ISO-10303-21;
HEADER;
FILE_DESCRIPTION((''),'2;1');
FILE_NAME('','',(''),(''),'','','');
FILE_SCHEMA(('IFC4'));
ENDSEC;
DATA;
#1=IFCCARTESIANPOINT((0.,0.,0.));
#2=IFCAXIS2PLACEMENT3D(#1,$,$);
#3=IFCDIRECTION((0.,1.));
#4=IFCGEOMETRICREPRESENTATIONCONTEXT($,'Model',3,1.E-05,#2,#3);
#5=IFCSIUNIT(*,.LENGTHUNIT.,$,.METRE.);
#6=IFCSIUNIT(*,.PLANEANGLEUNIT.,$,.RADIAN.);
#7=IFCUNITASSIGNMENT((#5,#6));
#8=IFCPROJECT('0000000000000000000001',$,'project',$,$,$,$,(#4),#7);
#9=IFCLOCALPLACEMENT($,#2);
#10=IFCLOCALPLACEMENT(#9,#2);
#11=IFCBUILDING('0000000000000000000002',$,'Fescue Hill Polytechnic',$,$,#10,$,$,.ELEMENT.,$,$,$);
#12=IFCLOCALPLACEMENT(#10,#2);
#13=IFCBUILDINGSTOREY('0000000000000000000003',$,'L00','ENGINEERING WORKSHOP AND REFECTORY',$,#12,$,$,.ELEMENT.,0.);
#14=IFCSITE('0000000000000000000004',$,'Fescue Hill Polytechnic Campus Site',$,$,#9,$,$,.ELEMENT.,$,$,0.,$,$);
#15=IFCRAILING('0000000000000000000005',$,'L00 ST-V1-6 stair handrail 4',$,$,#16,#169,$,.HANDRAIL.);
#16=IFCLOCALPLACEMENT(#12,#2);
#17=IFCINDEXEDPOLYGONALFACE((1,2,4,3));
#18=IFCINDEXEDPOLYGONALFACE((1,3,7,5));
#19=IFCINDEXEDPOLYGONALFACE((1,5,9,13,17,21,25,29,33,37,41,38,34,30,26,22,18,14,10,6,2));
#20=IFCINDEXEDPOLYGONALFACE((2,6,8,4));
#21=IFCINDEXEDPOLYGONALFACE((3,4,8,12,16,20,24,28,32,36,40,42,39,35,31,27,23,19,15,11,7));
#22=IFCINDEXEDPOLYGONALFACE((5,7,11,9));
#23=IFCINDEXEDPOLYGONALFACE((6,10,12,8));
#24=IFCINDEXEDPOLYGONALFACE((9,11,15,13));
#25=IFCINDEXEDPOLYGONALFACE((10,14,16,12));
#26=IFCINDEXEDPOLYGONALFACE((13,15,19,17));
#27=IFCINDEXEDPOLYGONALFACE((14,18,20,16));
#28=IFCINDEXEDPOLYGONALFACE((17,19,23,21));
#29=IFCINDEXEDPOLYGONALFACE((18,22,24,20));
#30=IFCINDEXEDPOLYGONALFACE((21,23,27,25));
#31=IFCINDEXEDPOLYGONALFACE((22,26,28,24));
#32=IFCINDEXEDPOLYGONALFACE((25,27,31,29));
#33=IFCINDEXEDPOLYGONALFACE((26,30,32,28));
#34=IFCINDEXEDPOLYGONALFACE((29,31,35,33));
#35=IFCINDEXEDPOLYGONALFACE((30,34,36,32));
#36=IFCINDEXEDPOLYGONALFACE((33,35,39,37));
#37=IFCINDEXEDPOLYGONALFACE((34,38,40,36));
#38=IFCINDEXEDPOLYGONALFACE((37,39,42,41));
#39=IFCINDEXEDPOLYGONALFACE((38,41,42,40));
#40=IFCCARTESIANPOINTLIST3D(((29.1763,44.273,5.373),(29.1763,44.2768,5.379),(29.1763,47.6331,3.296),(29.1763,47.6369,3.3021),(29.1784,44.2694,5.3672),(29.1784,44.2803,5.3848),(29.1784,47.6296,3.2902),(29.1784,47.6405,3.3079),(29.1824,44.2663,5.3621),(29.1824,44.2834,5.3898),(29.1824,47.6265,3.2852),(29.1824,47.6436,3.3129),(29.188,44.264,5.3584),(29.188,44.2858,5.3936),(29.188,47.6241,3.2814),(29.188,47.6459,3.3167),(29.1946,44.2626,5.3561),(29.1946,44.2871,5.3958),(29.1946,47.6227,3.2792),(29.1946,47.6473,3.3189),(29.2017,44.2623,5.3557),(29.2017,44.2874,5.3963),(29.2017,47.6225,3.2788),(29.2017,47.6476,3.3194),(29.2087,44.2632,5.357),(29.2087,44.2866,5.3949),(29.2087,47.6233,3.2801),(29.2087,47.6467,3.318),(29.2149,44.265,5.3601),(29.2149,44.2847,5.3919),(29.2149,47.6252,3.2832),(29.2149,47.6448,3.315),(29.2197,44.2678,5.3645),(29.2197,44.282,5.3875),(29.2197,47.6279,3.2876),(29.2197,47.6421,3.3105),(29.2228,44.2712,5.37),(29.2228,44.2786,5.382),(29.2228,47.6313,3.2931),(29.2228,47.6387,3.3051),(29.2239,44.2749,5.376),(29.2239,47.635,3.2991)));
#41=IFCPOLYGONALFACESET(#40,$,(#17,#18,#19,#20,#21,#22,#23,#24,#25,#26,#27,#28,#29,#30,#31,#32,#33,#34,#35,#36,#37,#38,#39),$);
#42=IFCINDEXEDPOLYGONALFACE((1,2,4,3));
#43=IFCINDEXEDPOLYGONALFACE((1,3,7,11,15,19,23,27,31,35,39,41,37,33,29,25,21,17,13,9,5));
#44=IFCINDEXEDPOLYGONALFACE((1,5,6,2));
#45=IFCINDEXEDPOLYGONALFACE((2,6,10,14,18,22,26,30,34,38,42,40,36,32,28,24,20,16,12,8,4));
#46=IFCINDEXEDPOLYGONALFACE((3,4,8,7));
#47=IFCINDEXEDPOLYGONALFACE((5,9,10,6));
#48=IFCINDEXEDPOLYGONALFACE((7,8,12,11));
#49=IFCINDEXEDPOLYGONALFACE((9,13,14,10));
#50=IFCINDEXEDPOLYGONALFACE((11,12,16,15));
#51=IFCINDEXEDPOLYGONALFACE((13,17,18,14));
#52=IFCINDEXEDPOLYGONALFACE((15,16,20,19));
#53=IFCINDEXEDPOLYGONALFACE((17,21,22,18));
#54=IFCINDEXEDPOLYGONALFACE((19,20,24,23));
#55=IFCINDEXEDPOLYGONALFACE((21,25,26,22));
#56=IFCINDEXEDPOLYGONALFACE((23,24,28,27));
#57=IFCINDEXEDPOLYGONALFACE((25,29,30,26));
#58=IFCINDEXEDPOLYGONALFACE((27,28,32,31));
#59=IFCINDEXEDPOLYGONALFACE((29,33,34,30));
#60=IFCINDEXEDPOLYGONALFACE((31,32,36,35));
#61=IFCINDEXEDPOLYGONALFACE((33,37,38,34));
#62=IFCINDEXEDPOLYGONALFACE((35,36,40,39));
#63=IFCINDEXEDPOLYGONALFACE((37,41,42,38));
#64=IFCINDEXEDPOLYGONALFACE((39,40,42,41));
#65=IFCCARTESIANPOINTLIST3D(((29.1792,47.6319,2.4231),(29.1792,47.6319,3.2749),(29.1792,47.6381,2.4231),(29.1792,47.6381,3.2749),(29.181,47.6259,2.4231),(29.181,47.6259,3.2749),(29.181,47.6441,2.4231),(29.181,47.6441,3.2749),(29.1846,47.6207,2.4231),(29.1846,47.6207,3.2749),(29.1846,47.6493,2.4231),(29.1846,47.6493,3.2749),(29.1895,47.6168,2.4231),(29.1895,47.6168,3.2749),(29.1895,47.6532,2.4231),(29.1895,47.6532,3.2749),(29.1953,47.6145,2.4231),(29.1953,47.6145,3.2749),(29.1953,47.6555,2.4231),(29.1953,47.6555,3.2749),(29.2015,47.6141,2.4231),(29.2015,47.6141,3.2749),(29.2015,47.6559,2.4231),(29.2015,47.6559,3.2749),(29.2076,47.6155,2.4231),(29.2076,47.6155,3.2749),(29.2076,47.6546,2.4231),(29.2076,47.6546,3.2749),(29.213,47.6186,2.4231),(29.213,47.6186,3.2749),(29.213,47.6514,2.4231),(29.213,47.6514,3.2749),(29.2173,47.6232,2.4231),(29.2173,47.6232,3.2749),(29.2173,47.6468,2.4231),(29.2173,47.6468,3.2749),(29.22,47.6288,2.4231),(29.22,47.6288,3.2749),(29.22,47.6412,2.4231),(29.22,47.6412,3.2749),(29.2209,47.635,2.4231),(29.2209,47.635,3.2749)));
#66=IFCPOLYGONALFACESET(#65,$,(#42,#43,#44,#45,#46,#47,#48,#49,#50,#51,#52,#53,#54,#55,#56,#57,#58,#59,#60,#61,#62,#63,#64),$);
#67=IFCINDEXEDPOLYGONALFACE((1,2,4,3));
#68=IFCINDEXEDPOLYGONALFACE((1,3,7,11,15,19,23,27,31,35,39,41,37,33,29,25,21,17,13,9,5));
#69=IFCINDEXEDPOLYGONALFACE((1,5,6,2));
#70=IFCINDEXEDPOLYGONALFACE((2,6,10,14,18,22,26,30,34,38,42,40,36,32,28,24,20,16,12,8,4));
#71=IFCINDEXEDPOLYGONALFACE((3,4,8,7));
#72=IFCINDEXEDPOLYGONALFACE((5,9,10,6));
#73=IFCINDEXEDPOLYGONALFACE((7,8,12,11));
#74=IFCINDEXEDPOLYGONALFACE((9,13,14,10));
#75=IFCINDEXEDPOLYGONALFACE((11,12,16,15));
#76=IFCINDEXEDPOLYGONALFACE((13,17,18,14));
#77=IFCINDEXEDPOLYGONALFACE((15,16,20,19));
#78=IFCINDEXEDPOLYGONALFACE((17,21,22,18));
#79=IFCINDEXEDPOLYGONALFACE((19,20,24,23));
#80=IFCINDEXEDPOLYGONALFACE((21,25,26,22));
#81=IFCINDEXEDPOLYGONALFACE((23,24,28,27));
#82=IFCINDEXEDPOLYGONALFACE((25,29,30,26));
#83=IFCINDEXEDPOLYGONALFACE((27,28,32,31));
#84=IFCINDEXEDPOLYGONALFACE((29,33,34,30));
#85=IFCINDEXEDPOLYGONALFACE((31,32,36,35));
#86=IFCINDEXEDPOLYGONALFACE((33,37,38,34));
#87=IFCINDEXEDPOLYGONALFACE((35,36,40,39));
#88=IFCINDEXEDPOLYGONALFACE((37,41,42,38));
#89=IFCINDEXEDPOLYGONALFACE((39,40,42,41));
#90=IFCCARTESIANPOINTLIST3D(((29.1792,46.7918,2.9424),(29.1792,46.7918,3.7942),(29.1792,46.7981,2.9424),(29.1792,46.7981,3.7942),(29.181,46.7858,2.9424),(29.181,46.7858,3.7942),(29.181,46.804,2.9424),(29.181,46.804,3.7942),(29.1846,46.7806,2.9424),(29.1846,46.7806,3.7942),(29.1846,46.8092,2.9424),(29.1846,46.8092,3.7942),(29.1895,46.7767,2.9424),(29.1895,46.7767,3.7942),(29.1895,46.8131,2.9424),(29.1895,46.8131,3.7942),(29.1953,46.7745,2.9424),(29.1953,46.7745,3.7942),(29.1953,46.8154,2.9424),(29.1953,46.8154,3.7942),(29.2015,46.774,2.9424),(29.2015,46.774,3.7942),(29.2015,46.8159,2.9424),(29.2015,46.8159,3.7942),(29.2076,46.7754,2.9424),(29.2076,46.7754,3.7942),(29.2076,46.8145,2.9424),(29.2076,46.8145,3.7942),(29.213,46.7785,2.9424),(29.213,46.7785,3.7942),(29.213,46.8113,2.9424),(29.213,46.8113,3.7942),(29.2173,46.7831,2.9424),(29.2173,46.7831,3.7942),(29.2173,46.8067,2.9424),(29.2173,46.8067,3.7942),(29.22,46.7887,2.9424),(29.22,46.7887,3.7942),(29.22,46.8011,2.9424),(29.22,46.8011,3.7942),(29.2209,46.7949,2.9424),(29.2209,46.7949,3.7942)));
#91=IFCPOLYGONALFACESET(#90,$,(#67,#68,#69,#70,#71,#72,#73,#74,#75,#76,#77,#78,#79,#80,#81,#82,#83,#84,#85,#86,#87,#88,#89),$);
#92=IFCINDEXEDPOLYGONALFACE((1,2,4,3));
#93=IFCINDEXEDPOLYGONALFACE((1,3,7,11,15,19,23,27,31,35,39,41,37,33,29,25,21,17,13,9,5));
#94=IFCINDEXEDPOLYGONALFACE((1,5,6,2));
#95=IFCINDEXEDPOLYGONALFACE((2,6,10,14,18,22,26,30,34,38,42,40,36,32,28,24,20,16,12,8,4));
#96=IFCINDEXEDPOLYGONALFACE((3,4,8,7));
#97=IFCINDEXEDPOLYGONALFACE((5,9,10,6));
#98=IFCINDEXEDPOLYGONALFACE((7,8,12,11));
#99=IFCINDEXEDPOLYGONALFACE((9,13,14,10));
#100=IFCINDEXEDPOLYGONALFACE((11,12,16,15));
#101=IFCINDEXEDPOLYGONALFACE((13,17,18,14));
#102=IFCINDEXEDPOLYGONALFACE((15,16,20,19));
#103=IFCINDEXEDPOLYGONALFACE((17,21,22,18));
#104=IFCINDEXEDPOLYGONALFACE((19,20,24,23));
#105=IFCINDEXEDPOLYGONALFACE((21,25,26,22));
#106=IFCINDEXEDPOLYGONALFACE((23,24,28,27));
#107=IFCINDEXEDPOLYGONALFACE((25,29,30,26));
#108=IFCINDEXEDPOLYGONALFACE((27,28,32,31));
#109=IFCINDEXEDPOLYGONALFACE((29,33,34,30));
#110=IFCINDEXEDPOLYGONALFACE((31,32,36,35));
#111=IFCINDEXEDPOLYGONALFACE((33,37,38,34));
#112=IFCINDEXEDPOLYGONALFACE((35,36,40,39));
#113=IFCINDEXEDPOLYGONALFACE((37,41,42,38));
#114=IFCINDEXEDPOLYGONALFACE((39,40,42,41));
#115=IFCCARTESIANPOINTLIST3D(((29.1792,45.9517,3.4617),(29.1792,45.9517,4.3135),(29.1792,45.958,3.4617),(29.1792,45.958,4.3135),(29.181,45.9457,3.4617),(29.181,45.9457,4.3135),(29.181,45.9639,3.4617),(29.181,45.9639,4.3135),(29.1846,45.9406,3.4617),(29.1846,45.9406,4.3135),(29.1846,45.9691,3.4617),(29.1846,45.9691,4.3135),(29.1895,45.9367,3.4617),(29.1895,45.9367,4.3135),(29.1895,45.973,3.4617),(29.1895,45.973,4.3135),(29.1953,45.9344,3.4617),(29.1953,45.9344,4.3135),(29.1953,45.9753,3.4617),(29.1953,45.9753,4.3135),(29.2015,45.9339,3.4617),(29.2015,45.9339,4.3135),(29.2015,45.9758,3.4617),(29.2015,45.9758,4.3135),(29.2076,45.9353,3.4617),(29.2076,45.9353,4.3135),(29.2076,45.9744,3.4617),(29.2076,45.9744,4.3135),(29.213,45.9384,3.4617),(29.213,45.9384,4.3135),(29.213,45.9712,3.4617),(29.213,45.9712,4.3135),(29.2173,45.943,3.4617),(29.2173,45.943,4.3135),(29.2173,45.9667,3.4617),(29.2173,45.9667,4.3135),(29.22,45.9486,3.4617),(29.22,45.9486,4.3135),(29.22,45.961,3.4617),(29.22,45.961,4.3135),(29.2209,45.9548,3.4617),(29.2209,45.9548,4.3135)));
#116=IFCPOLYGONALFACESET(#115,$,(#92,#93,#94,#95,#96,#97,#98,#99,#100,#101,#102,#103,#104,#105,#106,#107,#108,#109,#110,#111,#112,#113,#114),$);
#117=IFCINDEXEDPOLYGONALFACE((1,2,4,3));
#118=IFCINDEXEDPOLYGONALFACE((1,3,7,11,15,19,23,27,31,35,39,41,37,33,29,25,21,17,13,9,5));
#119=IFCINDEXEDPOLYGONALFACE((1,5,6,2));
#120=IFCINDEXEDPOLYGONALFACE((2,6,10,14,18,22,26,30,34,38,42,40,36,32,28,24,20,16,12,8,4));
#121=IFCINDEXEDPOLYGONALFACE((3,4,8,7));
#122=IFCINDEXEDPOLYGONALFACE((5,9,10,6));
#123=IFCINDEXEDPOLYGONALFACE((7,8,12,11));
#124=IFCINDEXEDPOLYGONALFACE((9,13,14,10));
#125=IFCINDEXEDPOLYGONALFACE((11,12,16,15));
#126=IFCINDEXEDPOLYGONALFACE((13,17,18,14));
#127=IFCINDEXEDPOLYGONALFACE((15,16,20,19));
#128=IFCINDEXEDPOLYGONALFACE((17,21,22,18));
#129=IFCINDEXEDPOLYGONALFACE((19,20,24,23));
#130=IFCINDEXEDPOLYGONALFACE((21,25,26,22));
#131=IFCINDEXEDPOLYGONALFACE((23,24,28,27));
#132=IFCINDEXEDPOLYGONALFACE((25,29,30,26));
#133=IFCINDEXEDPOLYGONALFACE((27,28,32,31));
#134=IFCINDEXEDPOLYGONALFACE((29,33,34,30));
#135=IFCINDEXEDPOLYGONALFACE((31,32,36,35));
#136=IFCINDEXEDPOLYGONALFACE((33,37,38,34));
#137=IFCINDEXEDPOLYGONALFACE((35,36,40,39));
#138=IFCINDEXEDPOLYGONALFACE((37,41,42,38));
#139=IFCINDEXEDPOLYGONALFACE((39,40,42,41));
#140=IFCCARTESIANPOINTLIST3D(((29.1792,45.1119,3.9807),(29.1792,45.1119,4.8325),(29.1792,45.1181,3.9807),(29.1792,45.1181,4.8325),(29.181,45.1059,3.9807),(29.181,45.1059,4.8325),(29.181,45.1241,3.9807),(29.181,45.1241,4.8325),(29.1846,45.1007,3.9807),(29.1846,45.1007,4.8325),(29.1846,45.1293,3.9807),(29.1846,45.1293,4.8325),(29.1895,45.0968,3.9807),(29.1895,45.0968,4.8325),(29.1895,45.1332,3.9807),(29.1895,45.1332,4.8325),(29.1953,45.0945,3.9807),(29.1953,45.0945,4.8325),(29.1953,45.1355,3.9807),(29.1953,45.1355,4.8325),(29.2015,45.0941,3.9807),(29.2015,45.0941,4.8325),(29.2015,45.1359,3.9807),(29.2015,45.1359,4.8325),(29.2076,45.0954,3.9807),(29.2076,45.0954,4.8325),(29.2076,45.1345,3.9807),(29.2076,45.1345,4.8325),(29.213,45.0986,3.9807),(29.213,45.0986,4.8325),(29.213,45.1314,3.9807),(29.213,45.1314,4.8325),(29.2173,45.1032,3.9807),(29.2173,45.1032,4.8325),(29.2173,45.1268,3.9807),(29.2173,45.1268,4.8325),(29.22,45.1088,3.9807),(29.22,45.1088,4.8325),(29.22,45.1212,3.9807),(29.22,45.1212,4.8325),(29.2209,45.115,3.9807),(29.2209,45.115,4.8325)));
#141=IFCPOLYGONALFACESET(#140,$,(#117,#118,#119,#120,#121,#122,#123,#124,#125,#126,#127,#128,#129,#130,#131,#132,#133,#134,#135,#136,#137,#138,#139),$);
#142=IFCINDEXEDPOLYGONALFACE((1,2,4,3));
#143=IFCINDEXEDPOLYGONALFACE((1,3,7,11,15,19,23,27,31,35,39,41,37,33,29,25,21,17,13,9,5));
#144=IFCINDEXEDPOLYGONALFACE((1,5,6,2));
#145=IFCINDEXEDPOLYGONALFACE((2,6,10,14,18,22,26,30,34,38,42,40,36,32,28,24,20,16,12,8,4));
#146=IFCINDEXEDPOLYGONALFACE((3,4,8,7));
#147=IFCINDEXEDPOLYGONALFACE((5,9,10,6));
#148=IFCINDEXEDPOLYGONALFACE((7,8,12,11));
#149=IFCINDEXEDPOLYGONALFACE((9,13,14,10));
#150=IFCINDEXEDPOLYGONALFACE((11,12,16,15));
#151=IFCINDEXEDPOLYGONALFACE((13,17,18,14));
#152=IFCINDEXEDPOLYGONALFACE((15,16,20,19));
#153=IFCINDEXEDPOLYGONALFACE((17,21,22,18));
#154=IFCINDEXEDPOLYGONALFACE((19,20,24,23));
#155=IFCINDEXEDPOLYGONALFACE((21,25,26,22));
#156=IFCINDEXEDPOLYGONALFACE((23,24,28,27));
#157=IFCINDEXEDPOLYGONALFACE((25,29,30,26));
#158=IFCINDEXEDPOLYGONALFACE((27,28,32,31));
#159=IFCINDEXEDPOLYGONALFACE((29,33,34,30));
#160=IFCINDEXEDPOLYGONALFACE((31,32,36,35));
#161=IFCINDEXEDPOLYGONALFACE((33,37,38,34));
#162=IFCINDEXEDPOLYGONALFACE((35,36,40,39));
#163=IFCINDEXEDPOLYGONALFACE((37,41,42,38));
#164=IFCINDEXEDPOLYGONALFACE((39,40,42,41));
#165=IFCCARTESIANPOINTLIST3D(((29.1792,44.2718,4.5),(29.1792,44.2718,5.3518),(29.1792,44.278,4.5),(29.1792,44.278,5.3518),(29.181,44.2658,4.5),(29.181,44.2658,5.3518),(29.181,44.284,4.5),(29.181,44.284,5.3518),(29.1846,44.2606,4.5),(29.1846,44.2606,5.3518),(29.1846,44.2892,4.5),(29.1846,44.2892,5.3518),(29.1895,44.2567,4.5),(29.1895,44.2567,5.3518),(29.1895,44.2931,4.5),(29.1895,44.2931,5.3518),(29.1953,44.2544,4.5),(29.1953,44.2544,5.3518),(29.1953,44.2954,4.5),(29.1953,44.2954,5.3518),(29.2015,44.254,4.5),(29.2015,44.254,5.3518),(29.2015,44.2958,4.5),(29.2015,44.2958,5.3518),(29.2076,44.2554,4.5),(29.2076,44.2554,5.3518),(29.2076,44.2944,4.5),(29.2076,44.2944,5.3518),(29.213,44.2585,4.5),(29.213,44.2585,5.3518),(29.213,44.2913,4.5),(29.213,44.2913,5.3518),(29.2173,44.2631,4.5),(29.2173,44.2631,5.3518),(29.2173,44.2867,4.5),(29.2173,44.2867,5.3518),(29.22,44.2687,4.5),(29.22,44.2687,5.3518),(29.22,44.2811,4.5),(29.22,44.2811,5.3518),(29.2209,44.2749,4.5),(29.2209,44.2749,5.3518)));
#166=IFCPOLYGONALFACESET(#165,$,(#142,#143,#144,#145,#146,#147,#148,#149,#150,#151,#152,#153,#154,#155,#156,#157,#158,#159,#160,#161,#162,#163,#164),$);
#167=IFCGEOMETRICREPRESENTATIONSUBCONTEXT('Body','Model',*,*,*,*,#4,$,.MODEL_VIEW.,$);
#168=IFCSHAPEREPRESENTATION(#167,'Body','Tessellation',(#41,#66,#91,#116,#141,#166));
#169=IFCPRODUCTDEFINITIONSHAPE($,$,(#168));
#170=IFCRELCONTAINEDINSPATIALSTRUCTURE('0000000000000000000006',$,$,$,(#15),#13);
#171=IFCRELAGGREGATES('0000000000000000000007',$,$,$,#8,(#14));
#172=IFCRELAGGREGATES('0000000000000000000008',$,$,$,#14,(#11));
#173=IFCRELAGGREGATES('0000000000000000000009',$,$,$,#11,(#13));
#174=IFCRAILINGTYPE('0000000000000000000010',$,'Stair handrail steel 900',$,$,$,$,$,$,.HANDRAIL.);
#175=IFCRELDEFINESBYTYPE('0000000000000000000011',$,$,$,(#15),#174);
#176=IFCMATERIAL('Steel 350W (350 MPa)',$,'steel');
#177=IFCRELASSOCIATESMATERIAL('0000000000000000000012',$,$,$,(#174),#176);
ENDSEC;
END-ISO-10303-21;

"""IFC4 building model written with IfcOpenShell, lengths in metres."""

from ifc_helpers import new_model, si_unit, direction, frame, origin, origin_2d, place, context, subcontext, project, spatial, circle, extrude, material, type_object, element, save


model = new_model("IFC4")

# Units and contexts
model_context = context("Model", 3, precision=1e-05, world=origin(), true_north=direction((0.0, 1.0)))
body_context = subcontext(model_context, "Body", "Model", "MODEL_VIEW")
ifc_project = project(units=[si_unit("LENGTHUNIT", "METRE"), si_unit("PLANEANGLEUNIT", "RADIAN")], contexts=[model_context])

# Site, building, storey
site_placement = place(None, origin())
site = spatial("IfcSite", under=ifc_project, at=site_placement, Name="Fescue Hill Polytechnic Campus Site", CompositionType="ELEMENT", RefElevation=0.0)
building_placement = place(site_placement, origin())
building = spatial("IfcBuilding", under=site, at=building_placement, Name="Fescue Hill Polytechnic", CompositionType="ELEMENT")
storey_placement = place(building_placement, origin())
storey = spatial("IfcBuildingStorey", under=building, at=storey_placement, Name="L00", Description="ENGINEERING WORKSHOP AND REFECTORY", CompositionType="ELEMENT", Elevation=0.0)

# Railing
ifc_material_1 = material(Name="Steel 350W (350 MPa)", Category="steel")
railing_type_1 = type_object("IfcRailingType", Name="Stair handrail steel 900", PredefinedType="HANDRAIL", material=ifc_material_1)
for number, where, name in (
    (1, (29.2, 47.635, 2.4231), "L00 ST-V1-6 stair handrail 4"),
):
    element("IfcRailing", number, at=place(storey_placement, frame(where)), inside=storey, type_object=railing_type_1, Name=name, PredefinedType="HANDRAIL", context=body_context, shape_type="SweptSolid", body=[
        extrude(circle(Radius=0.0239, at=origin_2d()), frame((0.0, 0.0, 0.876), z_axis=(0.0, -0.850623, 0.525776), x_axis=(1.0, 0.0, 0.0)), (0.0, 0.0, 1.0), 3.9502),
        extrude(circle(Radius=0.021, at=origin_2d()), origin(), (0.0, 0.0, 1.0), 0.8518),
        extrude(circle(Radius=0.021, at=origin_2d()), frame((0.0, -0.8401, 0.5193)), (0.0, 0.0, 1.0), 0.8518),
        extrude(circle(Radius=0.021, at=origin_2d()), frame((0.0, -1.6802, 1.0386)), (0.0, 0.0, 1.0), 0.8518),
        extrude(circle(Radius=0.021, at=origin_2d()), frame((0.0, -2.52, 1.5576)), (0.0, 0.0, 1.0), 0.8518),
        extrude(circle(Radius=0.021, at=origin_2d()), frame((0.0, -3.3601, 2.0769)), (0.0, 0.0, 1.0), 0.8518),
    ])

save(model, "model.ifc")
